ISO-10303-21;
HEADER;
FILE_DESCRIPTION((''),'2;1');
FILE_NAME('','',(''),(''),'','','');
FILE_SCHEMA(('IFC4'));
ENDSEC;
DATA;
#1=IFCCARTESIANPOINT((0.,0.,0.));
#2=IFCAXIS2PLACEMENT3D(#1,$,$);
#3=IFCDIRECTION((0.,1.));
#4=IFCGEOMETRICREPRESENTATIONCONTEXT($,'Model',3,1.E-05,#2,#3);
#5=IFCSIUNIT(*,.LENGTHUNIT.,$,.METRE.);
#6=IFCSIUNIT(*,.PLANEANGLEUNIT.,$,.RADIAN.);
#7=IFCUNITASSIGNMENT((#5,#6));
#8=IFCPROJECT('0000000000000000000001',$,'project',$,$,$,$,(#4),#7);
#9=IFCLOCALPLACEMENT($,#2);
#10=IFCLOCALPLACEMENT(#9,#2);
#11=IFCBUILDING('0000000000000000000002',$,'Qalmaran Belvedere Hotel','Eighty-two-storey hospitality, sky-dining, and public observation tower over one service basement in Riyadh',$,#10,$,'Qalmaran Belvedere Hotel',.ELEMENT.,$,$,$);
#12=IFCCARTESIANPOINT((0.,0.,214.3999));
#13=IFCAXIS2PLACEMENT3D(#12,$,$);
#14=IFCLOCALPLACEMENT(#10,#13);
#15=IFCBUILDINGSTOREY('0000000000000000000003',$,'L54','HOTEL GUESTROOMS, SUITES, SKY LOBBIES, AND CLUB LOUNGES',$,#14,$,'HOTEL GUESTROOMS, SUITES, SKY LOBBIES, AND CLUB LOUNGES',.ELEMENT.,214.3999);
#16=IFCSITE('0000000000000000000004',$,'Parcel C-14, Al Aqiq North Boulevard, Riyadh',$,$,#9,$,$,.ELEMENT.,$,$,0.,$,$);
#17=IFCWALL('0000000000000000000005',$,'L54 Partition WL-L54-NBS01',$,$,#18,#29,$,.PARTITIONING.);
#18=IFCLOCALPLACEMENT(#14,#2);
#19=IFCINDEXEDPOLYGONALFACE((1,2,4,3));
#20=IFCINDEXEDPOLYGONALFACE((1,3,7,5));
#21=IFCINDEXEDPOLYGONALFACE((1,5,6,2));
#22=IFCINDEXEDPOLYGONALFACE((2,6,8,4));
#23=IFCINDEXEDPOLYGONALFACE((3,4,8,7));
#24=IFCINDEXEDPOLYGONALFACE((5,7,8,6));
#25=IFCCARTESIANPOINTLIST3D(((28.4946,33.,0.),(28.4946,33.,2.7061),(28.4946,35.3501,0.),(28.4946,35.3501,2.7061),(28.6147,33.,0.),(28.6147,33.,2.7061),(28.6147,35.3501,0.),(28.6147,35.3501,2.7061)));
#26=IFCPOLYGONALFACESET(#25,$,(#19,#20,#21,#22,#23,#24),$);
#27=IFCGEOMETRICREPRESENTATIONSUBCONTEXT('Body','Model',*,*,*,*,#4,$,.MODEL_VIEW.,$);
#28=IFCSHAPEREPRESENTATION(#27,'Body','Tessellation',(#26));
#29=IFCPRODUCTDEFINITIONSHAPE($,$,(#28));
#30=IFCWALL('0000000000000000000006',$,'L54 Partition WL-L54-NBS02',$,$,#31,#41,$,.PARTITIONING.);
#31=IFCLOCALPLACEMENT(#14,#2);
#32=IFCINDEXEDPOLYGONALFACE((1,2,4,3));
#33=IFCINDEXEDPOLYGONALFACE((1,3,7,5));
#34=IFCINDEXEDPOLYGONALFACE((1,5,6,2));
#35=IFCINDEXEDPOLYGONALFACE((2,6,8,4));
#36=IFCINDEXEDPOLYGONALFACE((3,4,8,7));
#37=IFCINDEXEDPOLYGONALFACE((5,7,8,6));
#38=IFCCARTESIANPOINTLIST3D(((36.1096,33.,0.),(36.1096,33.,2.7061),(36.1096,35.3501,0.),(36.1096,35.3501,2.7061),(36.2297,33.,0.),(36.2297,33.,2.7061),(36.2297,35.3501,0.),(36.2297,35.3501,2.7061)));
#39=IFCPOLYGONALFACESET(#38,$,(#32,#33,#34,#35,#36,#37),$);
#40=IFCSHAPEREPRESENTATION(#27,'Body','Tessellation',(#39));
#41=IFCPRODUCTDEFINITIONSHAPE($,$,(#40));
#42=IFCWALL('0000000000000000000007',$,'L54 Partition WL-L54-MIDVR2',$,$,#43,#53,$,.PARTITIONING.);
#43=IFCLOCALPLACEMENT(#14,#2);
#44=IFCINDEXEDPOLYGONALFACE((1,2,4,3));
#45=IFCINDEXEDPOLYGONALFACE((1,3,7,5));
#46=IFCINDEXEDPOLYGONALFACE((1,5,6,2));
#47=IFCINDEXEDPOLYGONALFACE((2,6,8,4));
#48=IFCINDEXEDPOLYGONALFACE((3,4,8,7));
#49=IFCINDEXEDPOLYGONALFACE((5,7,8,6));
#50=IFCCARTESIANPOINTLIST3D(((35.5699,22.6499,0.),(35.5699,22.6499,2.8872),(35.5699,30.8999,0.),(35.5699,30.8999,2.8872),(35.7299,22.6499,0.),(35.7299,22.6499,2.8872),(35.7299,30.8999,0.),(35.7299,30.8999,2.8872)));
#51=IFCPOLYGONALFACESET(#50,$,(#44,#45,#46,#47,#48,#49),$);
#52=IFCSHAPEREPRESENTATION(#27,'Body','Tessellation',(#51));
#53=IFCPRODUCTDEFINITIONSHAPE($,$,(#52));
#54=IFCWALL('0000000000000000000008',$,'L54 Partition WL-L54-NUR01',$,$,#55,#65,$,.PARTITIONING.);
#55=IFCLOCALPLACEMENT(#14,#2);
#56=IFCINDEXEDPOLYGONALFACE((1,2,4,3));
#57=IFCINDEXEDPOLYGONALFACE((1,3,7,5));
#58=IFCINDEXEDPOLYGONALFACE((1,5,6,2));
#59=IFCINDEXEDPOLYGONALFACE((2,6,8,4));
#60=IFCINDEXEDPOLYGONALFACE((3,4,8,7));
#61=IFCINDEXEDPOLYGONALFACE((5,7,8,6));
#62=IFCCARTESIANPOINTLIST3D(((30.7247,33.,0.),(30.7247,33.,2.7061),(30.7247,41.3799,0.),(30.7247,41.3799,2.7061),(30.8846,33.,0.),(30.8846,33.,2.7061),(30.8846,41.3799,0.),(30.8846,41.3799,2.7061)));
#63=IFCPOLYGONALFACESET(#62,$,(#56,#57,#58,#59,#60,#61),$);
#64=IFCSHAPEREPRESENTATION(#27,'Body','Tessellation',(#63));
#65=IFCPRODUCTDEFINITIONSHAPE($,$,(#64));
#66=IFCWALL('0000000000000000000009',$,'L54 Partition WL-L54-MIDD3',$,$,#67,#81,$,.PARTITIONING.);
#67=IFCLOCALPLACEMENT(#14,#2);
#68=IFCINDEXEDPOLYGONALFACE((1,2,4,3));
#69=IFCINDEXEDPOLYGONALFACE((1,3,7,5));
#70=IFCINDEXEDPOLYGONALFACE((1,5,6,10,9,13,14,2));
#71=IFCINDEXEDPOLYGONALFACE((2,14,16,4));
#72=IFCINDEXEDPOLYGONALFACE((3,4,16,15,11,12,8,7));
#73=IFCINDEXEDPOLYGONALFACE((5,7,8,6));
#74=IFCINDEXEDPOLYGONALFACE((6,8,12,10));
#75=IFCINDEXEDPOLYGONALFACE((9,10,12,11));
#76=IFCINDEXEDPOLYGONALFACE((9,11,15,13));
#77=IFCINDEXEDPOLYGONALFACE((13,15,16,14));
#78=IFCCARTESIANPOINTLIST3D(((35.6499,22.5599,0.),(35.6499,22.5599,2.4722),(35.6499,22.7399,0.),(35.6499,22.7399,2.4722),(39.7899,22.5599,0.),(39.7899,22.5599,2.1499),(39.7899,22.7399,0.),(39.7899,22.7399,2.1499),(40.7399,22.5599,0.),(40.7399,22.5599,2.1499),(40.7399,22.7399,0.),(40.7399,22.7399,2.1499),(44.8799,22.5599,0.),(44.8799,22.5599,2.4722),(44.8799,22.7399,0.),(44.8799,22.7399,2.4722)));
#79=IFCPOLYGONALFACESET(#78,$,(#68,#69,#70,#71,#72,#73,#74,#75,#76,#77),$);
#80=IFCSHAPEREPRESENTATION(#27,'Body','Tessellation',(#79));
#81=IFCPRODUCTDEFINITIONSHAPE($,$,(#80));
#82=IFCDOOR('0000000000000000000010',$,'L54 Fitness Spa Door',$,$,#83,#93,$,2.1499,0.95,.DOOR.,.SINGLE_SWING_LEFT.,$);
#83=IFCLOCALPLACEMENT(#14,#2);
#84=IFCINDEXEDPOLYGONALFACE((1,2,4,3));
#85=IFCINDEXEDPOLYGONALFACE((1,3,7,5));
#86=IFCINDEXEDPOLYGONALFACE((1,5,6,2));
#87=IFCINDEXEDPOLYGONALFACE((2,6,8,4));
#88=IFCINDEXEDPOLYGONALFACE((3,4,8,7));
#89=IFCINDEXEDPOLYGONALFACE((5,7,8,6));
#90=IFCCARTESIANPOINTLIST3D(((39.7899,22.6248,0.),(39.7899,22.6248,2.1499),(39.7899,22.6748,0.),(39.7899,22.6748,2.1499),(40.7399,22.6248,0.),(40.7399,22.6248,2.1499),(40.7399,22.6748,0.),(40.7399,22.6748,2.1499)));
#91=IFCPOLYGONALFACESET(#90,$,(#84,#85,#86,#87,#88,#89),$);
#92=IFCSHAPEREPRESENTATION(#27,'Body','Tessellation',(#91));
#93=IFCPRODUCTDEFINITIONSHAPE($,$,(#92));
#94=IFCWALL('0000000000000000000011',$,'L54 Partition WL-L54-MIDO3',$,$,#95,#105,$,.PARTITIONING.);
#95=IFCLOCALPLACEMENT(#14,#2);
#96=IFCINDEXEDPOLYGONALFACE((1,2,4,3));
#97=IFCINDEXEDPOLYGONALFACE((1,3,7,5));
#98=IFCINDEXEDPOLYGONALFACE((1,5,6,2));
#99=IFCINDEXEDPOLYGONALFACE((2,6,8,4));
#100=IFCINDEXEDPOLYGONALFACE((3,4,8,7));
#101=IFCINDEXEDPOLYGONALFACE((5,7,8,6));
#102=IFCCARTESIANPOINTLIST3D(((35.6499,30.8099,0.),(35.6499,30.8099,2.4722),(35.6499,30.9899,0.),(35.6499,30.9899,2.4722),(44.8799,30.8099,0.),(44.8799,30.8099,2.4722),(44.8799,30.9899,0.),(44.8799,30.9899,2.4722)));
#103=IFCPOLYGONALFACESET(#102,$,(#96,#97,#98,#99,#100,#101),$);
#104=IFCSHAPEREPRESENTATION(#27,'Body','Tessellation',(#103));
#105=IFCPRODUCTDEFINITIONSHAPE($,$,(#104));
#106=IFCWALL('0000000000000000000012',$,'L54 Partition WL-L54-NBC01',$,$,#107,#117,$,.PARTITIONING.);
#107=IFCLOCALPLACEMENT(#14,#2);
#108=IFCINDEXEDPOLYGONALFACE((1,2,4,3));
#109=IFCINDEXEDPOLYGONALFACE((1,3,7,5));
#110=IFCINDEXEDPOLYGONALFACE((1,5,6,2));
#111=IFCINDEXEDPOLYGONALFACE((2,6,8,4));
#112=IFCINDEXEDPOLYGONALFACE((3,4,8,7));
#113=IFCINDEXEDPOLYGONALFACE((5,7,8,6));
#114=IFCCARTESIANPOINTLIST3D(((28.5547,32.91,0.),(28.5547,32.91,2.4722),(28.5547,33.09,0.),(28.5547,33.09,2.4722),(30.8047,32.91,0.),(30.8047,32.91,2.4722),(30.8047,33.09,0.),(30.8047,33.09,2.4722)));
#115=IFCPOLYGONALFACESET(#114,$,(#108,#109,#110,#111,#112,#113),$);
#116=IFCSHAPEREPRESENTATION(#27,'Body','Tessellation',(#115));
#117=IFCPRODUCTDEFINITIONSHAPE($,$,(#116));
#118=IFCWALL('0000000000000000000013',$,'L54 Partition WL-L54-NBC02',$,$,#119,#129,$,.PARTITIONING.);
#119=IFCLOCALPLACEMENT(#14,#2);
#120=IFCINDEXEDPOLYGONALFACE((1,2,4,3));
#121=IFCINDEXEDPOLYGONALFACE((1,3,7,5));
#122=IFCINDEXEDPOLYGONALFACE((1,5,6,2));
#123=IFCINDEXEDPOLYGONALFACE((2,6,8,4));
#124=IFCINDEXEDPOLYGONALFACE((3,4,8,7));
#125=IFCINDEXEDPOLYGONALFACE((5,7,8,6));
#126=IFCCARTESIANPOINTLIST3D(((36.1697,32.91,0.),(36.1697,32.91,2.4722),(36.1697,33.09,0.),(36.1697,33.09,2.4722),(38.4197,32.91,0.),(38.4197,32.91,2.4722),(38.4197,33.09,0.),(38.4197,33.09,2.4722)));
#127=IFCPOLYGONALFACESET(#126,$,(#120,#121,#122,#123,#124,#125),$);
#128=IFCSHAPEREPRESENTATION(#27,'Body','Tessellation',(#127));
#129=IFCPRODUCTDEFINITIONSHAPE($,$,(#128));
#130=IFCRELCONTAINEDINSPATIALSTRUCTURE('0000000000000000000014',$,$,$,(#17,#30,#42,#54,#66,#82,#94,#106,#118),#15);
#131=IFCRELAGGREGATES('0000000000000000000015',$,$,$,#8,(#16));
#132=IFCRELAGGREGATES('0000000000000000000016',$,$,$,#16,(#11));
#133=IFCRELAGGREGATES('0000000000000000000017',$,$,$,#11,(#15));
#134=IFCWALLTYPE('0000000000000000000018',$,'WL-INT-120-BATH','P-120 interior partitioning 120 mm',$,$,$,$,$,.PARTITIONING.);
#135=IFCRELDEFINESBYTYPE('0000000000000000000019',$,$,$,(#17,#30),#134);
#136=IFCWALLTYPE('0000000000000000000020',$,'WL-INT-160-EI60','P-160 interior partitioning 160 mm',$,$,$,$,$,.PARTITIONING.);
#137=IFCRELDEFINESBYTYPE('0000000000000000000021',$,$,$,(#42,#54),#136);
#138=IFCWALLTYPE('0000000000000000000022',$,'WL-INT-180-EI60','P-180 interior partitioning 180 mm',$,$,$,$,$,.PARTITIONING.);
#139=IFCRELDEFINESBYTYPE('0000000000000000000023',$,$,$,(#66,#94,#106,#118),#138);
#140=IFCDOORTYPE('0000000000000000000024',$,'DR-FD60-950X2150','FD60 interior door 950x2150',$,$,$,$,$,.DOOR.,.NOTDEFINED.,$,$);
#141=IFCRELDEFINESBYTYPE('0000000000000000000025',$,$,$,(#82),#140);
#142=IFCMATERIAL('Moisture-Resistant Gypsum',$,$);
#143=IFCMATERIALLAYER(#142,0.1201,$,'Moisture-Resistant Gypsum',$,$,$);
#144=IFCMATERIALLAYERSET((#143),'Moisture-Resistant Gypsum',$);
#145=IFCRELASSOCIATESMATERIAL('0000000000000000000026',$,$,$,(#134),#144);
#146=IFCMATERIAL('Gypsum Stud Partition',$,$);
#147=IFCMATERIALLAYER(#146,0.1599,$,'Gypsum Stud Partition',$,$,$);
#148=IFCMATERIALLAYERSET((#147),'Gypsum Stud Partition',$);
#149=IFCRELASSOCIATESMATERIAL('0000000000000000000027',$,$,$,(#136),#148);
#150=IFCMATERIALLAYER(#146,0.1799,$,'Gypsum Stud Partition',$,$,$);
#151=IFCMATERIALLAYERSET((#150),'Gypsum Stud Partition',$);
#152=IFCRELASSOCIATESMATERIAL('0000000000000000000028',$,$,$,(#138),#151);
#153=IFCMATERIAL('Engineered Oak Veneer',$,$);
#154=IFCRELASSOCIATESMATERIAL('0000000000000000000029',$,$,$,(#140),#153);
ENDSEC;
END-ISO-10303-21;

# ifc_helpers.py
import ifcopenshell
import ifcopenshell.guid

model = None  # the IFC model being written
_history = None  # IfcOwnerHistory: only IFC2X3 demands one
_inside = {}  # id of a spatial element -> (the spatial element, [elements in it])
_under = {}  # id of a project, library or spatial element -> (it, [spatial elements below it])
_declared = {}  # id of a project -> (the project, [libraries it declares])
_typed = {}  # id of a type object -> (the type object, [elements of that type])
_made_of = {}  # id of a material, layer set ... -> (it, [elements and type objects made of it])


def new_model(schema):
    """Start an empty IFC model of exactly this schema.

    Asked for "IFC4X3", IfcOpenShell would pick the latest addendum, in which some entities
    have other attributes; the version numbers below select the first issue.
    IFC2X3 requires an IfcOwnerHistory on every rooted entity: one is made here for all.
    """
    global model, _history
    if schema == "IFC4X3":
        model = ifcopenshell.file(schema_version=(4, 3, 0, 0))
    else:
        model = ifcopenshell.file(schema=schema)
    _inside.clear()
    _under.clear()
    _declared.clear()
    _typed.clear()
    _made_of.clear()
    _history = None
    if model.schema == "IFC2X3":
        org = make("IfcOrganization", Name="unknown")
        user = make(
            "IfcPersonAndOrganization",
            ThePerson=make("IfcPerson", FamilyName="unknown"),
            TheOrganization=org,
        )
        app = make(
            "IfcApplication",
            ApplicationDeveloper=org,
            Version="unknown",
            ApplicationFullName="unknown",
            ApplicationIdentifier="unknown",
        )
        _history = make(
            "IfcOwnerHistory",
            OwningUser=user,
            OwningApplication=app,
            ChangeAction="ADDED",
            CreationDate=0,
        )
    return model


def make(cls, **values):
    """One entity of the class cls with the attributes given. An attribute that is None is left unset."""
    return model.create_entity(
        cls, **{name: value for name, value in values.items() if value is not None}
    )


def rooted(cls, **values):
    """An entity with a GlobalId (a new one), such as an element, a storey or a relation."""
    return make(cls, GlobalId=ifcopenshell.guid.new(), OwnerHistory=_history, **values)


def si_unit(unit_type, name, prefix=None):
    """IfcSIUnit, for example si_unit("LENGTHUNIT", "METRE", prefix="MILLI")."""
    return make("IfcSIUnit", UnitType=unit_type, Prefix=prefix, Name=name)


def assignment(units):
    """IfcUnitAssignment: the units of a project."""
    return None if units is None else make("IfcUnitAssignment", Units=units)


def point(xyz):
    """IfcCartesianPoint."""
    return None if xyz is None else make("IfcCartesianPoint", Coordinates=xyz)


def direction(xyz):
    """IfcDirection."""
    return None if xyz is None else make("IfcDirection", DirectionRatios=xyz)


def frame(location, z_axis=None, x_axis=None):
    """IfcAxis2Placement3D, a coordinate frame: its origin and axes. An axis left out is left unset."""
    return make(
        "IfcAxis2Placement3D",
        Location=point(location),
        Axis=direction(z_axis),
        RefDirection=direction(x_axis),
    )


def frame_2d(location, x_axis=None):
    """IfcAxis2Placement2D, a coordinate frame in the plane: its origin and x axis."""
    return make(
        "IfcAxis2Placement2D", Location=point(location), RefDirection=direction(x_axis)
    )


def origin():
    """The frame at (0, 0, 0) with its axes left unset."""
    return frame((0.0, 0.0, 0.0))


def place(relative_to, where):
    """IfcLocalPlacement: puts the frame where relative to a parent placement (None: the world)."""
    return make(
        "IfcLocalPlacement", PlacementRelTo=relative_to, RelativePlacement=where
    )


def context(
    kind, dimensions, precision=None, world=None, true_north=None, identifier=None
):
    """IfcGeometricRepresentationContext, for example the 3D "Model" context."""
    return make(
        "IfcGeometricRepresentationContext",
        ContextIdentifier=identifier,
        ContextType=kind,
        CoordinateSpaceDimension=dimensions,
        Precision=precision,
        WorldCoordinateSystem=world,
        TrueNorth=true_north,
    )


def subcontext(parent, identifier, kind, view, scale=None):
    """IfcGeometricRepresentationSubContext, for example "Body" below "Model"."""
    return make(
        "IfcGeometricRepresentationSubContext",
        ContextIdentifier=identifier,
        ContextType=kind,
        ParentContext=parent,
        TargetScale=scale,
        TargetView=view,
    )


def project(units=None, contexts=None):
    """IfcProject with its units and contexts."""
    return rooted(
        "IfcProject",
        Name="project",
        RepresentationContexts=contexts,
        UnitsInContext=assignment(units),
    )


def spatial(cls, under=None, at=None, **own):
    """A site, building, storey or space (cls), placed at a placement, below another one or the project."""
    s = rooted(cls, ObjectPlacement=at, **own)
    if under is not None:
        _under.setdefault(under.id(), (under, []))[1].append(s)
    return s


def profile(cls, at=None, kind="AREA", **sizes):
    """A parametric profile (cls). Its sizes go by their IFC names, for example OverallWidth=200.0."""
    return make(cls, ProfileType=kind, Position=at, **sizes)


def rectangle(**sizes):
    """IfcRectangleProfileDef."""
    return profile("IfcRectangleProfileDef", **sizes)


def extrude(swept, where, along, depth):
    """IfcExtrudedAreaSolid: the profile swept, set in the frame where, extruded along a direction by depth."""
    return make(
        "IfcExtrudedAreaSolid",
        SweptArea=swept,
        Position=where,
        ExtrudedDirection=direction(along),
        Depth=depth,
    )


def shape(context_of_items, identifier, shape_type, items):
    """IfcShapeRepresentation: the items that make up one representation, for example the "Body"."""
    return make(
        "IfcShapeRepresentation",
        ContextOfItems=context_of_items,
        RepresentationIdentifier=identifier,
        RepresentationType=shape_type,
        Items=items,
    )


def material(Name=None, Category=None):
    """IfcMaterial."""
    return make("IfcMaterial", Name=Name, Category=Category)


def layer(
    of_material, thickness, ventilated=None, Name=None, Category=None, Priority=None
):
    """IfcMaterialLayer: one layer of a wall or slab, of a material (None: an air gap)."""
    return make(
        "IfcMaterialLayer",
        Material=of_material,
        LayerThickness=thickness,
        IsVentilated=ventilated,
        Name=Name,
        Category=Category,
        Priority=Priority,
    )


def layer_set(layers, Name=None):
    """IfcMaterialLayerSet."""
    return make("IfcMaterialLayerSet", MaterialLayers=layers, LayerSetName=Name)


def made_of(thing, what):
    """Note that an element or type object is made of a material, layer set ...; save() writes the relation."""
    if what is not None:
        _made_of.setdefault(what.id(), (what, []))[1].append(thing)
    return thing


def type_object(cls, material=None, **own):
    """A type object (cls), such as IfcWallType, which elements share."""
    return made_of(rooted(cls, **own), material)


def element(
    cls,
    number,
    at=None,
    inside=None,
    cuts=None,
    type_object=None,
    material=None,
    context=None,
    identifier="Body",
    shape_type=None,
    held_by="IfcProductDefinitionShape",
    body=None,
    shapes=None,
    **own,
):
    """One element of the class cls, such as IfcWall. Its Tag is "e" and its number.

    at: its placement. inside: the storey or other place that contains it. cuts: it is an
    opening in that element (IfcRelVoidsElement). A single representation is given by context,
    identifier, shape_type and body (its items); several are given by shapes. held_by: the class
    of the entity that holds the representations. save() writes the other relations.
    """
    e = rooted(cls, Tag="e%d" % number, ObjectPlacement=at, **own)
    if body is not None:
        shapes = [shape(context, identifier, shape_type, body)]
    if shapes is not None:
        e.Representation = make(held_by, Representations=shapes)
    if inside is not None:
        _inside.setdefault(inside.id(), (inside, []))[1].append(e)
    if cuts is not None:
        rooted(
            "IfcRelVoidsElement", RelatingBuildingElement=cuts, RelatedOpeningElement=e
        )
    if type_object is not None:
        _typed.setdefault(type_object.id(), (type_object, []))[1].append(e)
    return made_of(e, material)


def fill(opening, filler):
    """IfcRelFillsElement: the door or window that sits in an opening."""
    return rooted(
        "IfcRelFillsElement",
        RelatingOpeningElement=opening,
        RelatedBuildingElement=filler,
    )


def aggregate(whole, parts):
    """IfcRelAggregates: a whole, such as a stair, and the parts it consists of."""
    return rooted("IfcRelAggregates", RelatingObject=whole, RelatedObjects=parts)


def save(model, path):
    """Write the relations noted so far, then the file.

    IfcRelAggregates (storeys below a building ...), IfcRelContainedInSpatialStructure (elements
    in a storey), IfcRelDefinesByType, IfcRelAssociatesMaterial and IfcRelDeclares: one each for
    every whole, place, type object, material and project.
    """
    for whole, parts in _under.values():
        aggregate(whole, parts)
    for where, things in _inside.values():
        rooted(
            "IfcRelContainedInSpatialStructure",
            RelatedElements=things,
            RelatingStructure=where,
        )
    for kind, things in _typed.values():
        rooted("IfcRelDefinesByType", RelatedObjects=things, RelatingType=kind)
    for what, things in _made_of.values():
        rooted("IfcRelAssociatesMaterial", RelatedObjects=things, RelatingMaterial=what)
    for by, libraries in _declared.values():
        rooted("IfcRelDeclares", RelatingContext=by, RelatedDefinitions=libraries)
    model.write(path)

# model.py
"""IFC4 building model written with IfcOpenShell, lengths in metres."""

from ifc_helpers import new_model, si_unit, direction, frame, frame_2d, origin, place, context, subcontext, project, spatial, rectangle, extrude, material, layer, layer_set, type_object, element, fill, save


model = new_model("IFC4")

# Units and contexts
model_context = context("Model", 3, precision=1e-05, world=origin(), true_north=direction((0.0, 1.0)))
body_context = subcontext(model_context, "Body", "Model", "MODEL_VIEW")
ifc_project = project(units=[si_unit("LENGTHUNIT", "METRE"), si_unit("PLANEANGLEUNIT", "RADIAN")], contexts=[model_context])

# Site, building, storey
site_placement = place(None, origin())
site = spatial("IfcSite", under=ifc_project, at=site_placement, Name="Parcel C-14, Al Aqiq North Boulevard, Riyadh", CompositionType="ELEMENT", RefElevation=0.0)
building_placement = place(site_placement, origin())
building = spatial("IfcBuilding", under=site, at=building_placement, Name="Qalmaran Belvedere Hotel", Description="Eighty-two-storey hospitality, sky-dining, and public observation tower over one service basement in Riyadh", LongName="Qalmaran Belvedere Hotel", CompositionType="ELEMENT")
storey_placement = place(building_placement, frame((0.0, 0.0, 214.3999)))
storey = spatial("IfcBuildingStorey", under=building, at=storey_placement, Name="L54", Description="HOTEL GUESTROOMS, SUITES, SKY LOBBIES, AND CLUB LOUNGES", LongName="HOTEL GUESTROOMS, SUITES, SKY LOBBIES, AND CLUB LOUNGES", CompositionType="ELEMENT", Elevation=214.3999)

# Walls
ifc_material_1 = material(Name="Moisture-Resistant Gypsum")
ifc_layer_1 = layer(ifc_material_1, 0.1201, Name="Moisture-Resistant Gypsum")
ifc_layer_set_1 = layer_set([ifc_layer_1], Name="Moisture-Resistant Gypsum")
wall_type_1 = type_object("IfcWallType", Name="WL-INT-120-BATH", Description="P-120 interior partitioning 120 mm", PredefinedType="PARTITIONING", material=ifc_layer_set_1)
for number, where, z_axis, x_axis, name in (
    (1, (28.5547, 33.0, 0.0), (0.0, 0.0, 1.0), (0.0, 1.0, 0.0), "L54 Partition WL-L54-NBS01"),
    (2, (36.1697, 33.0, 0.0), (0.0, 0.0, 1.0), (0.0, 1.0, 0.0), "L54 Partition WL-L54-NBS02"),
):
    element("IfcWall", number, at=place(storey_placement, frame(where, z_axis=z_axis, x_axis=x_axis)), inside=storey, type_object=wall_type_1, Name=name, PredefinedType="PARTITIONING", context=body_context, shape_type="SweptSolid", body=[
        extrude(rectangle(XDim=2.3501, YDim=0.1201, at=frame_2d((1.175, 0.0))), origin(), (0.0, 0.0, 1.0), 2.7061),
    ])
ifc_material_2 = material(Name="Gypsum Stud Partition")
ifc_layer_2 = layer(ifc_material_2, 0.1599, Name="Gypsum Stud Partition")
ifc_layer_set_2 = layer_set([ifc_layer_2], Name="Gypsum Stud Partition")
wall_type_2 = type_object("IfcWallType", Name="WL-INT-160-EI60", Description="P-160 interior partitioning 160 mm", PredefinedType="PARTITIONING", material=ifc_layer_set_2)
wall_1_placement = place(storey_placement, frame((35.6499, 22.6499, 0.0), z_axis=(0.0, 0.0, 1.0), x_axis=(0.0, 1.0, 0.0)))
element("IfcWall", 3, at=wall_1_placement, inside=storey, type_object=wall_type_2, Name="L54 Partition WL-L54-MIDVR2", PredefinedType="PARTITIONING", context=body_context, shape_type="SweptSolid", body=[
    extrude(rectangle(XDim=8.25, YDim=0.1599, at=frame_2d((4.125, 0.0))), origin(), (0.0, 0.0, 1.0), 2.8872),
])
wall_2_placement = place(storey_placement, frame((30.8047, 33.0, 0.0), z_axis=(0.0, 0.0, 1.0), x_axis=(0.0, 1.0, 0.0)))
element("IfcWall", 4, at=wall_2_placement, inside=storey, type_object=wall_type_2, Name="L54 Partition WL-L54-NUR01", PredefinedType="PARTITIONING", context=body_context, shape_type="SweptSolid", body=[
    extrude(rectangle(XDim=8.3799, YDim=0.1599, at=frame_2d((4.1899, 0.0))), origin(), (0.0, 0.0, 1.0), 2.7061),
])

# Wall, opening, door
ifc_layer_3 = layer(ifc_material_2, 0.1799, Name="Gypsum Stud Partition")
ifc_layer_set_3 = layer_set([ifc_layer_3], Name="Gypsum Stud Partition")
wall_type_3 = type_object("IfcWallType", Name="WL-INT-180-EI60", Description="P-180 interior partitioning 180 mm", PredefinedType="PARTITIONING", material=ifc_layer_set_3)
wall_3_placement = place(storey_placement, frame((35.6499, 22.6499, 0.0), z_axis=(0.0, 0.0, 1.0), x_axis=(1.0, 0.0, 0.0)))
wall_3 = element("IfcWall", 5, at=wall_3_placement, inside=storey, type_object=wall_type_3, Name="L54 Partition WL-L54-MIDD3", PredefinedType="PARTITIONING", context=body_context, shape_type="SweptSolid", body=[
    extrude(rectangle(XDim=9.23, YDim=0.1799, at=frame_2d((4.615, 0.0))), origin(), (0.0, 0.0, 1.0), 2.4722),
])
opening_1_placement = place(wall_3_placement, frame((4.1399, 0.0, 0.0)))
opening_1 = element("IfcOpeningElement", 6, at=opening_1_placement, cuts=wall_3, PredefinedType="OPENING", context=body_context, shape_type="SweptSolid", body=[
    extrude(rectangle(XDim=0.95, YDim=2.1499, at=frame_2d((0.4751, 1.075))), frame((0.0, 0.1001, 0.0), z_axis=(0.0, -1.0, 0.0), x_axis=(1.0, 0.0, 0.0)), (0.0, 0.0, 1.0), 0.2),
])
ifc_material_3 = material(Name="Engineered Oak Veneer")
door_type = type_object("IfcDoorType", Name="DR-FD60-950X2150", Description="FD60 interior door 950x2150", OperationType="NOTDEFINED", PredefinedType="DOOR", material=ifc_material_3)
door_1_placement = place(opening_1_placement, origin())
door_1 = element("IfcDoor", 7, at=door_1_placement, inside=storey, type_object=door_type, Name="L54 Fitness Spa Door", OperationType="SINGLE_SWING_LEFT", OverallHeight=2.1499, OverallWidth=0.95, PredefinedType="DOOR", context=body_context, shape_type="SweptSolid", body=[
    extrude(rectangle(XDim=0.95, YDim=2.1499, at=frame_2d((0.4751, 1.075))), frame((0.0, 0.0249, 0.0), z_axis=(0.0, -1.0, 0.0), x_axis=(1.0, 0.0, 0.0)), (0.0, 0.0, 1.0), 0.05),
])
fill(opening_1, door_1)

# Walls
wall_4_placement = place(storey_placement, frame((35.6499, 30.8999, 0.0), z_axis=(0.0, 0.0, 1.0), x_axis=(1.0, 0.0, 0.0)))
element("IfcWall", 8, at=wall_4_placement, inside=storey, type_object=wall_type_3, Name="L54 Partition WL-L54-MIDO3", PredefinedType="PARTITIONING", context=body_context, shape_type="SweptSolid", body=[
    extrude(rectangle(XDim=9.23, YDim=0.1799, at=frame_2d((4.615, 0.0))), origin(), (0.0, 0.0, 1.0), 2.4722),
])
for number, where, z_axis, x_axis, name in (
    (9, (28.5547, 33.0, 0.0), (0.0, 0.0, 1.0), (1.0, 0.0, 0.0), "L54 Partition WL-L54-NBC01"),
    (10, (36.1697, 33.0, 0.0), (0.0, 0.0, 1.0), (1.0, 0.0, 0.0), "L54 Partition WL-L54-NBC02"),
):
    element("IfcWall", number, at=place(storey_placement, frame(where, z_axis=z_axis, x_axis=x_axis)), inside=storey, type_object=wall_type_3, Name=name, PredefinedType="PARTITIONING", context=body_context, shape_type="SweptSolid", body=[
        extrude(rectangle(XDim=2.25, YDim=0.1799, at=frame_2d((1.125, 0.0))), origin(), (0.0, 0.0, 1.0), 2.4722),
    ])

save(model, "model.ifc")
